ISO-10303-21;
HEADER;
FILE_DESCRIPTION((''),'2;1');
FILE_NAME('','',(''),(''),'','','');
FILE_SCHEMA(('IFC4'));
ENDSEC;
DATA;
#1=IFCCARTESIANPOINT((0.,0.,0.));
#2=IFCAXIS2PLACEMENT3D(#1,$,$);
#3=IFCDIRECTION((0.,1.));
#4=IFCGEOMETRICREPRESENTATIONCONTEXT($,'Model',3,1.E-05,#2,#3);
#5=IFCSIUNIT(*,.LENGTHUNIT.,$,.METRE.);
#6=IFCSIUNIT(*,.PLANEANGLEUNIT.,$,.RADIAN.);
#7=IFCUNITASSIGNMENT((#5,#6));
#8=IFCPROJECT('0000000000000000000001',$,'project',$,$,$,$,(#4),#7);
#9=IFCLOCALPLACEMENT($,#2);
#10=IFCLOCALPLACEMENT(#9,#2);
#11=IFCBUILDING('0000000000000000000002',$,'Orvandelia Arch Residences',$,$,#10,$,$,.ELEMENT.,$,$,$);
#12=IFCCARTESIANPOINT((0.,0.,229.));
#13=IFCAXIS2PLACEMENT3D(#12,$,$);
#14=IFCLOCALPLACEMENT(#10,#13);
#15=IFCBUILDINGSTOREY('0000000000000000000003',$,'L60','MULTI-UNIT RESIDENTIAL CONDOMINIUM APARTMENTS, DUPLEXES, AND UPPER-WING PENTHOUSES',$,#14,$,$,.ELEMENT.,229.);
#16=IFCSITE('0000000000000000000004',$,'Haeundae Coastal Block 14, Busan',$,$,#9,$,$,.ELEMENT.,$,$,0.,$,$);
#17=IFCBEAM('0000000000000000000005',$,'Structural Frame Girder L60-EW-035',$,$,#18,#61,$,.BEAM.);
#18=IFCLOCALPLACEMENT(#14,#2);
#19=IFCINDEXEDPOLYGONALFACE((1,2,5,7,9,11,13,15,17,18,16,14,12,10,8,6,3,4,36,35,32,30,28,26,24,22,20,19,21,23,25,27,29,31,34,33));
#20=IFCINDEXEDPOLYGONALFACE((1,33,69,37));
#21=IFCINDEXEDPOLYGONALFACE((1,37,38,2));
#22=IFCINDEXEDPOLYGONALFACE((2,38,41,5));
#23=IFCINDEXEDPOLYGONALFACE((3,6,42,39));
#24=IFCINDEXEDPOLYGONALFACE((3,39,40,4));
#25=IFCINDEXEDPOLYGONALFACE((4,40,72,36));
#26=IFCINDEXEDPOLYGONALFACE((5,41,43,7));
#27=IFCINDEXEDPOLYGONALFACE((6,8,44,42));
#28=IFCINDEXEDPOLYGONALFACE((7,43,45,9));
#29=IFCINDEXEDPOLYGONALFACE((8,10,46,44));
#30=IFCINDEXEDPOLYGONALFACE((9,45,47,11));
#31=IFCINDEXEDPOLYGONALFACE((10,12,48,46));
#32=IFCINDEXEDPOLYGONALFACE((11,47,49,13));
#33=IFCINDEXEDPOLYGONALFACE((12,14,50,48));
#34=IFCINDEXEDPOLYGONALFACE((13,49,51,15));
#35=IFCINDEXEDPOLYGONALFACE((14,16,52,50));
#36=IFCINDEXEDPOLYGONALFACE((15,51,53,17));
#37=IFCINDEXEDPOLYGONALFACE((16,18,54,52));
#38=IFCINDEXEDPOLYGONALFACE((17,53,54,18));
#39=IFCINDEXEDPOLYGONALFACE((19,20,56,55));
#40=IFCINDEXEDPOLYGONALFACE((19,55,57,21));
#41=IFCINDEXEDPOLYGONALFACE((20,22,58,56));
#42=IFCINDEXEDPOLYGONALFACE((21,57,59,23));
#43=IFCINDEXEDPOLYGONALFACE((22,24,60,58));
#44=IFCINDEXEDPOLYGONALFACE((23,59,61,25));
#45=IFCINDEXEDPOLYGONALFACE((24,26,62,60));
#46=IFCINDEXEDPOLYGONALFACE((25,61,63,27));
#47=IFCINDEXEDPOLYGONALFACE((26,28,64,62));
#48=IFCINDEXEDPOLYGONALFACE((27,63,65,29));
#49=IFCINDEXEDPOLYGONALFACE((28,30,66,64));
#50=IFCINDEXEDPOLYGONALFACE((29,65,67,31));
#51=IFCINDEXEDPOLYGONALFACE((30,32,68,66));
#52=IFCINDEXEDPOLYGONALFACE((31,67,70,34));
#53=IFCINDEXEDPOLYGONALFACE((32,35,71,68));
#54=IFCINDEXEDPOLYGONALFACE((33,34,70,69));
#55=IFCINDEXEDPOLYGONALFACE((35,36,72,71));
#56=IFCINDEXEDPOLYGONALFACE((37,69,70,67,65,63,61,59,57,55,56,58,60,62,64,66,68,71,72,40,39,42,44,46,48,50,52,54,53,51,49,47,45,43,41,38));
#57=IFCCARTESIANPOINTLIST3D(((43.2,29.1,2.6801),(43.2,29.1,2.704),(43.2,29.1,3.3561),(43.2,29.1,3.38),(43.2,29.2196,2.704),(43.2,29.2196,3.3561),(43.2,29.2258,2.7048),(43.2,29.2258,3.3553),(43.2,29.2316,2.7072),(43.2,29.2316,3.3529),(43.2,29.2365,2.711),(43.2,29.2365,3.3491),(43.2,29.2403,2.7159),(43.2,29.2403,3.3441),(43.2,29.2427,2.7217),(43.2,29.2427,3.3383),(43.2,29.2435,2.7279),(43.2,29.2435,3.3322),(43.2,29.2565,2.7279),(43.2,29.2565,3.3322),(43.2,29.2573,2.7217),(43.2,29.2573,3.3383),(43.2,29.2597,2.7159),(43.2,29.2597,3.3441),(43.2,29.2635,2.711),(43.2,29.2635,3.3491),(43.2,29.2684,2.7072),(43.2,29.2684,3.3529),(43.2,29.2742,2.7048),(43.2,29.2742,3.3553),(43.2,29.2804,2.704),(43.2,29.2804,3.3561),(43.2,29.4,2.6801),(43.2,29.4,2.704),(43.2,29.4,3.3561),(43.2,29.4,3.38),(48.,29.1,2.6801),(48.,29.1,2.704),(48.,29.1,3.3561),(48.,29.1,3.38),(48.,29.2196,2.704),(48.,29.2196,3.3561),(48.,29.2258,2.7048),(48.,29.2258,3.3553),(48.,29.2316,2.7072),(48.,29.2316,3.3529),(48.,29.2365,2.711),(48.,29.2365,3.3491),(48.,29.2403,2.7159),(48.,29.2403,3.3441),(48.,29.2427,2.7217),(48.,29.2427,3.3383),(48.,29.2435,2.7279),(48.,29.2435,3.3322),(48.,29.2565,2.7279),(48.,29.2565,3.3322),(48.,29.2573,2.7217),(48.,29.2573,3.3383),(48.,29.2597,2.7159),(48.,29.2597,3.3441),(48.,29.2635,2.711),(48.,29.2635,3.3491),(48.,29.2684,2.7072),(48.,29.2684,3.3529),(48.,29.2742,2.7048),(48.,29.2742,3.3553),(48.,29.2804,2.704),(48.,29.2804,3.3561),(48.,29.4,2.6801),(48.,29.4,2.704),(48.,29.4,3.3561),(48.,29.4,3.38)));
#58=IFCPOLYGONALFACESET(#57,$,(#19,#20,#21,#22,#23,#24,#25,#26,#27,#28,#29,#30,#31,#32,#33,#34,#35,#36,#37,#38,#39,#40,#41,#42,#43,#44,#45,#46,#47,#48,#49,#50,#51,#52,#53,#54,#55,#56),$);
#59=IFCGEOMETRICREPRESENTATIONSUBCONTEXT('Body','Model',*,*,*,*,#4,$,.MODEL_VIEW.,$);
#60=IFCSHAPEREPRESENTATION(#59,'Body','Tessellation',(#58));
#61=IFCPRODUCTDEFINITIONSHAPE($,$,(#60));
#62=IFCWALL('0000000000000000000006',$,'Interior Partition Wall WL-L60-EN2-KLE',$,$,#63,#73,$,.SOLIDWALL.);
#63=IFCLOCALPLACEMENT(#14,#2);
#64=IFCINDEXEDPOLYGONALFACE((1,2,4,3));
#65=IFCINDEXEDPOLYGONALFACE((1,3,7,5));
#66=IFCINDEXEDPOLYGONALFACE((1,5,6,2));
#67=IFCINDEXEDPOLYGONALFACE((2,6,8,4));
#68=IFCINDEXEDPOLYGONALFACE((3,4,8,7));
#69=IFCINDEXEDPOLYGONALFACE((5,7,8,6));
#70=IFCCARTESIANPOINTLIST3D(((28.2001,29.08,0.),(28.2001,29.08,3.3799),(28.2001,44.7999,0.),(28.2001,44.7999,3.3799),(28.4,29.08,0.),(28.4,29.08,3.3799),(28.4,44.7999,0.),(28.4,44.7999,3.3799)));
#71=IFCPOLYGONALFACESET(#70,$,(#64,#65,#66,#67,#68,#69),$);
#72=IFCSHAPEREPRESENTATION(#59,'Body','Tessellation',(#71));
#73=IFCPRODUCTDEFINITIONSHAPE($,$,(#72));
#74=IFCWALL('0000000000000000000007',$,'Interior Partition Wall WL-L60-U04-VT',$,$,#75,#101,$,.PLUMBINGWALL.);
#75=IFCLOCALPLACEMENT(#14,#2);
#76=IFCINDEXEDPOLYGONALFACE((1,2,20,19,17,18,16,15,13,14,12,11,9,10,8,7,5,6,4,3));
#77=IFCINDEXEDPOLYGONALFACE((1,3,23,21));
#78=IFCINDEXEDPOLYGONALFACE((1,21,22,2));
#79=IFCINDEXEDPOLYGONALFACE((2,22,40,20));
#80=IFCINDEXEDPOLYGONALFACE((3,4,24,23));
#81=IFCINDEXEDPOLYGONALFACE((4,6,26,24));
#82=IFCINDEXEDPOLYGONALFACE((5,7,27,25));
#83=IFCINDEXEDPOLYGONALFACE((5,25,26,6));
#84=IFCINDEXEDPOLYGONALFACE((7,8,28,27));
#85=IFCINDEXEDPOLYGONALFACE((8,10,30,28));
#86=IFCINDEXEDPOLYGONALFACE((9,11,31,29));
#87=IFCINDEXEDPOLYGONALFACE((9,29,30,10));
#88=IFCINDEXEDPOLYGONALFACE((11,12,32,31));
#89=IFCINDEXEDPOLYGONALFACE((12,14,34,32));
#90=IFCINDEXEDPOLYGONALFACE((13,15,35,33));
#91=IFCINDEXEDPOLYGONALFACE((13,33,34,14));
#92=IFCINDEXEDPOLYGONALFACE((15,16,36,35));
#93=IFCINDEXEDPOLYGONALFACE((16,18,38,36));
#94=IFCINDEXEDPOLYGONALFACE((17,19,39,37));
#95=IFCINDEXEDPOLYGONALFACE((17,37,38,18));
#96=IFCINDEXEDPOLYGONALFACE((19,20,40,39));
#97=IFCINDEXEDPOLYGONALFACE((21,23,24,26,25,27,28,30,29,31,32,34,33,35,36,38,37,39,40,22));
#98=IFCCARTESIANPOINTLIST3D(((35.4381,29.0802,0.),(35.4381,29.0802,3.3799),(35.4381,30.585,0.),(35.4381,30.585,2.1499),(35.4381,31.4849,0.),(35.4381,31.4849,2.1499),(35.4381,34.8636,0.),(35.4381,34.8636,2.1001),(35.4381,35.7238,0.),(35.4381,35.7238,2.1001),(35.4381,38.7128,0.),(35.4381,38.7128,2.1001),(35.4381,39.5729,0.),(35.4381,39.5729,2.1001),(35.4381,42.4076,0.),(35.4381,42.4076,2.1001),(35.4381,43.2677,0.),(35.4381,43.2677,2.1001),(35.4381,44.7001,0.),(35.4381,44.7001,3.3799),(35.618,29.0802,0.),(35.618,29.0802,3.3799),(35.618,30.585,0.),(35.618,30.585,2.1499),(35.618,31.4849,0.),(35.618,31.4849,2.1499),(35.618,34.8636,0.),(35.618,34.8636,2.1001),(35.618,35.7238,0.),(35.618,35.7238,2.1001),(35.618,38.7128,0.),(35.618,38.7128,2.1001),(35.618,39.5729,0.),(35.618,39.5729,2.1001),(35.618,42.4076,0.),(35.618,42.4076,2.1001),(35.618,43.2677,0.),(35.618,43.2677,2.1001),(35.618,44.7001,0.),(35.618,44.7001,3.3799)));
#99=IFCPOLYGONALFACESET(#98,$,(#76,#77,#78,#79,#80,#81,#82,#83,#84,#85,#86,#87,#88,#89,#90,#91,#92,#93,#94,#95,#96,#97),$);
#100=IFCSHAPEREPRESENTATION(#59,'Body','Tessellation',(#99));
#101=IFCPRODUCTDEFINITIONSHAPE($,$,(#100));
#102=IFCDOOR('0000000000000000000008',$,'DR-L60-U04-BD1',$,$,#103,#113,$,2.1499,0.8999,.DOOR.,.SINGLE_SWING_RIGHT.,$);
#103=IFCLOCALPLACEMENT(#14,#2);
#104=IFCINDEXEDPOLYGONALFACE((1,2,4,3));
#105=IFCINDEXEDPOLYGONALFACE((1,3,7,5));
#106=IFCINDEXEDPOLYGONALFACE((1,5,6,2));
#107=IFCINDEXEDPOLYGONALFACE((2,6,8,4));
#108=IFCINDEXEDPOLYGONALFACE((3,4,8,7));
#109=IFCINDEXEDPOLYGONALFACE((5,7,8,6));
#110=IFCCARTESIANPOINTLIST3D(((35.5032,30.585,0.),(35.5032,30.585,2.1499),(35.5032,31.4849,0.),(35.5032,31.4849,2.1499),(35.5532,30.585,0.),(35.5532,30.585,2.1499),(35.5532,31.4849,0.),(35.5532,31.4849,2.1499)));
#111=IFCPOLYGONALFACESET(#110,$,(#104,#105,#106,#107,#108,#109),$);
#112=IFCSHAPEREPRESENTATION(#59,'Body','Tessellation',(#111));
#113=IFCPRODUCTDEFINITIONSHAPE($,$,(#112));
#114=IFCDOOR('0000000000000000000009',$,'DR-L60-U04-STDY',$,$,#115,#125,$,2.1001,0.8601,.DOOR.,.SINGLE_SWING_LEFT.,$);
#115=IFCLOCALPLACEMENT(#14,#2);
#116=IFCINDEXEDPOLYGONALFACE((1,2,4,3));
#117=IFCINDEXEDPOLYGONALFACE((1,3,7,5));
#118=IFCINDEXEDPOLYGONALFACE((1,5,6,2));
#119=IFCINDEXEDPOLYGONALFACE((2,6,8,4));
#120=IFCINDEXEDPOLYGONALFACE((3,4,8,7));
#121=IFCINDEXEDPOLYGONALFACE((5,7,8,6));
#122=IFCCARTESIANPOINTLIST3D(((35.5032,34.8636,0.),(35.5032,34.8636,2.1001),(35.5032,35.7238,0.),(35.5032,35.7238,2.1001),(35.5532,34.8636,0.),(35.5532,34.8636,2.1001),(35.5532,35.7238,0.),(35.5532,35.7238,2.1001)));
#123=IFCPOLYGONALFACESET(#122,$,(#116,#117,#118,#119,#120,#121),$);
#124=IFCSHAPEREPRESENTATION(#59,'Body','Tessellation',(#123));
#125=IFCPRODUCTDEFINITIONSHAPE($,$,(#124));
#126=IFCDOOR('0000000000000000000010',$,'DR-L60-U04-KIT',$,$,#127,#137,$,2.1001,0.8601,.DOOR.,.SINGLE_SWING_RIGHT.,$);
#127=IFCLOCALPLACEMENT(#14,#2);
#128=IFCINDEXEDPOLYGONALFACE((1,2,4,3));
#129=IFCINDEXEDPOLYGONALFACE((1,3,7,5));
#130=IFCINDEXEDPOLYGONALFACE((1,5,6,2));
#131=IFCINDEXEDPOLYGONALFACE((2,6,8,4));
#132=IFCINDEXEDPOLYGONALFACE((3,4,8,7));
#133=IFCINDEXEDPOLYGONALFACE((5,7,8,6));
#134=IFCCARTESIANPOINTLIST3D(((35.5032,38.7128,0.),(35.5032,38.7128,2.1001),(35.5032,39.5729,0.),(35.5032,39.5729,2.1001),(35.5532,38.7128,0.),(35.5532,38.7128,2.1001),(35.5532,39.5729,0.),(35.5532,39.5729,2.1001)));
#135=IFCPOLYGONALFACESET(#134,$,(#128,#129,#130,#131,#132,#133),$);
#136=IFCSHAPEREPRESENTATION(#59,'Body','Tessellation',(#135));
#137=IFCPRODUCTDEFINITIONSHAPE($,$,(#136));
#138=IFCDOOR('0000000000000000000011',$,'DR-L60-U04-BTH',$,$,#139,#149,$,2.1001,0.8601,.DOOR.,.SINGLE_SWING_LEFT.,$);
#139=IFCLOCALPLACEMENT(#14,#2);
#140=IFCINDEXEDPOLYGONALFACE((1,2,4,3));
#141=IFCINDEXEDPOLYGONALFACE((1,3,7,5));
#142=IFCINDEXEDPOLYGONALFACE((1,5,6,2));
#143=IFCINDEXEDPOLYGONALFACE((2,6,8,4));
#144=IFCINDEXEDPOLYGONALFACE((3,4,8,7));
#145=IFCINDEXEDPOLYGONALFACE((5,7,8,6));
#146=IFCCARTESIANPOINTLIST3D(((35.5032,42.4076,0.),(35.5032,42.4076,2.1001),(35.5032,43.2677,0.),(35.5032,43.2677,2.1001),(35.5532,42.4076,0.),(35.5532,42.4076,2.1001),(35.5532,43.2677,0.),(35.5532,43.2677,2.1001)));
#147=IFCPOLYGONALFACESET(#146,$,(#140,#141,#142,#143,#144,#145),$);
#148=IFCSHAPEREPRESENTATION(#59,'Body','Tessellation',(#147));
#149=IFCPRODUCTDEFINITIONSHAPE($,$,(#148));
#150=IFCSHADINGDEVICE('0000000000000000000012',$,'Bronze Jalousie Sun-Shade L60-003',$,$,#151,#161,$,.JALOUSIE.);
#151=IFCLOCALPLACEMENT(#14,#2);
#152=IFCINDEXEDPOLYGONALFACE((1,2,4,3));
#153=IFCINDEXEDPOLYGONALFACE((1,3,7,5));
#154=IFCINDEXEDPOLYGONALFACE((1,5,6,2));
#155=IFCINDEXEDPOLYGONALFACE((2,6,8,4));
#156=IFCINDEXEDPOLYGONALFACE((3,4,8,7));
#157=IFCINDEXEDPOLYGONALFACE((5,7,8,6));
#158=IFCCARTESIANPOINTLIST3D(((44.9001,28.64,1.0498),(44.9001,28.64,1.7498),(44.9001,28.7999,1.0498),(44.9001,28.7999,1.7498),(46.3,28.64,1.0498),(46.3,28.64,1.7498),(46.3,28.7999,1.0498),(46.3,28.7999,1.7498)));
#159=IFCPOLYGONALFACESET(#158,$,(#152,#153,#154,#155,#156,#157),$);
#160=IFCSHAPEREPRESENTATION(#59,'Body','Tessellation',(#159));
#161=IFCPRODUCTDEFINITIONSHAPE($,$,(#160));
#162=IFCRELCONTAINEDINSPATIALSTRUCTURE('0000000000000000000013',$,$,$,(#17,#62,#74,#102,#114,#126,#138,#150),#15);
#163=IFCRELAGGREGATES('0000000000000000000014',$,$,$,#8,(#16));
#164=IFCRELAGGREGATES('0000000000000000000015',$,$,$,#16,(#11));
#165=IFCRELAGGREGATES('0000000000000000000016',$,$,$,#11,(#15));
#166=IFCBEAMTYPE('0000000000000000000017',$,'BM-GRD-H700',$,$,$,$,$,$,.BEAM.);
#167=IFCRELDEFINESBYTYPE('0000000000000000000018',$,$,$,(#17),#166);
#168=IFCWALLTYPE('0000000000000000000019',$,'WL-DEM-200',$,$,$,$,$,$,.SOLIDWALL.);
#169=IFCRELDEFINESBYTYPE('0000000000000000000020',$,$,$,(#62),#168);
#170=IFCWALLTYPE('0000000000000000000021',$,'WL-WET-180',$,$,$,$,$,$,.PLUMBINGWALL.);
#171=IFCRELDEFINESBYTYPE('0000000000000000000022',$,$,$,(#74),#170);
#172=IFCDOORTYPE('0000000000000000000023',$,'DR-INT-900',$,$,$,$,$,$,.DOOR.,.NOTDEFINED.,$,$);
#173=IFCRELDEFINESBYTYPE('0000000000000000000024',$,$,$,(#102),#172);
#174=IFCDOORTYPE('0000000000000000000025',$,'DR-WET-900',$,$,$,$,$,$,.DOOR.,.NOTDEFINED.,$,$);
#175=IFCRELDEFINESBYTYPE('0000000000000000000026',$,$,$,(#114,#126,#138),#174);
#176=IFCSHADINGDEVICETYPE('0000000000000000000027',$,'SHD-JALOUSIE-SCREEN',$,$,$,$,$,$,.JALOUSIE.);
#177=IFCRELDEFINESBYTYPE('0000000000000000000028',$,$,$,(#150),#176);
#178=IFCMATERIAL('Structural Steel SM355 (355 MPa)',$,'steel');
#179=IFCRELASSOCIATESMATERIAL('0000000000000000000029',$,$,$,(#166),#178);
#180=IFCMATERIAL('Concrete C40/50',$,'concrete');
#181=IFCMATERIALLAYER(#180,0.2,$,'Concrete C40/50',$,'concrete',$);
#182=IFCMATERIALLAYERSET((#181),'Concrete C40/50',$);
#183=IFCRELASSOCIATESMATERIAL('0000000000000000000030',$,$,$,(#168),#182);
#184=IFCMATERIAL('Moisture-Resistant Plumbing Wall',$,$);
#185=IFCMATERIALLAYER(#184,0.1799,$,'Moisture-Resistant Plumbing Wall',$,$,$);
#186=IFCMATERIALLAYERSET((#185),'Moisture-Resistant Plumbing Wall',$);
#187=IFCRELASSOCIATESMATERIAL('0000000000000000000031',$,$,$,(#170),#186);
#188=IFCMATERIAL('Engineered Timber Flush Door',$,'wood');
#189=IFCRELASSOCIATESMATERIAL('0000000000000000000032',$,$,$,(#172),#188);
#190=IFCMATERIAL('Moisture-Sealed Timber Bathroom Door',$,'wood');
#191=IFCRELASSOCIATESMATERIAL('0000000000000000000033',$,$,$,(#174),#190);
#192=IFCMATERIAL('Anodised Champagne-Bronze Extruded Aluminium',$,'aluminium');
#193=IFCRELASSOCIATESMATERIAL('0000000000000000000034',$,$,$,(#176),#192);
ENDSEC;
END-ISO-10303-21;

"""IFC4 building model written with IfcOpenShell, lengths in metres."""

from ifc_helpers import new_model, si_unit, direction, frame, frame_2d, origin, origin_2d, place, context, subcontext, project, spatial, rectangle, i_section, extrude, material, layer, layer_set, material_profile, profile_set, type_object, element, fill, save


model = new_model("IFC4")

# Units and contexts
model_context = context("Model", 3, precision=1e-05, world=origin(), true_north=direction((0.0, 1.0)))
body_context = subcontext(model_context, "Body", "Model", "MODEL_VIEW")
ifc_project = project(units=[si_unit("LENGTHUNIT", "METRE"), si_unit("PLANEANGLEUNIT", "RADIAN")], contexts=[model_context])

# Site, building, storey
site_placement = place(None, origin())
site = spatial("IfcSite", under=ifc_project, at=site_placement, Name="Haeundae Coastal Block 14, Busan", CompositionType="ELEMENT", RefElevation=0.0)
building_placement = place(site_placement, origin())
building = spatial("IfcBuilding", under=site, at=building_placement, Name="Orvandelia Arch Residences", CompositionType="ELEMENT")
storey_placement = place(building_placement, frame((0.0, 0.0, 229.0)))
storey = spatial("IfcBuildingStorey", under=building, at=storey_placement, Name="L60", Description="MULTI-UNIT RESIDENTIAL CONDOMINIUM APARTMENTS, DUPLEXES, AND UPPER-WING PENTHOUSES", CompositionType="ELEMENT", Elevation=229.0)

# Beam
ifc_material_1 = material(Name="Structural Steel SM355 (355 MPa)", Category="steel")
ifc_material_profile_1 = material_profile(ifc_material_1, i_section(OverallWidth=0.3, OverallDepth=0.7, WebThickness=0.0129, FlangeThickness=0.0239, FilletRadius=0.0239, at=origin_2d()), Name="Structural Steel SM355 (355 MPa)", Category="steel")
ifc_profile_set_1 = profile_set([ifc_material_profile_1], Name="Structural Steel SM355 (355 MPa)")
beam_type = type_object("IfcBeamType", Name="BM-GRD-H700", PredefinedType="BEAM", material=ifc_profile_set_1)
for number, where, z_axis, x_axis, name in (
    (1, (43.2, 29.25, 3.03), (1.0, 0.0, 0.0), (0.0, 1.0, 0.0), "Structural Frame Girder L60-EW-035"),
):
    element("IfcBeam", number, at=place(storey_placement, frame(where, z_axis=z_axis, x_axis=x_axis)), inside=storey, type_object=beam_type, Name=name, PredefinedType="BEAM", context=body_context, shape_type="SweptSolid", body=[
        extrude(i_section(OverallWidth=0.3, OverallDepth=0.7, WebThickness=0.0129, FlangeThickness=0.0239, FilletRadius=0.0239, at=origin_2d()), origin(), (0.0, 0.0, 1.0), 4.8),
    ])

# Wall
ifc_material_2 = material(Name="Concrete C40/50", Category="concrete")
ifc_layer_1 = layer(ifc_material_2, 0.2, Name="Concrete C40/50", Category="concrete")
ifc_layer_set_1 = layer_set([ifc_layer_1], Name="Concrete C40/50")
wall_type_1 = type_object("IfcWallType", Name="WL-DEM-200", PredefinedType="SOLIDWALL", material=ifc_layer_set_1)
wall_1_placement = place(storey_placement, frame((28.3, 29.0801, 0.0), z_axis=(0.0, 0.0, 1.0), x_axis=(0.0, 1.0, 0.0)))
element("IfcWall", 2, at=wall_1_placement, inside=storey, type_object=wall_type_1, Name="Interior Partition Wall WL-L60-EN2-KLE", PredefinedType="SOLIDWALL", context=body_context, shape_type="SweptSolid", body=[
    extrude(rectangle(XDim=15.72, YDim=0.2, at=frame_2d((7.8599, 0.0))), origin(), (0.0, 0.0, 1.0), 3.3799),
])

# Wall, openings, doors
ifc_material_3 = material(Name="Moisture-Resistant Plumbing Wall")
ifc_layer_2 = layer(ifc_material_3, 0.1799, Name="Moisture-Resistant Plumbing Wall")
ifc_layer_set_2 = layer_set([ifc_layer_2], Name="Moisture-Resistant Plumbing Wall")
wall_type_2 = type_object("IfcWallType", Name="WL-WET-180", PredefinedType="PLUMBINGWALL", material=ifc_layer_set_2)
wall_2_placement = place(storey_placement, frame((35.5281, 29.0801, 0.0), z_axis=(0.0, 0.0, 1.0), x_axis=(0.0, 1.0, 0.0)))
wall_2 = element("IfcWall", 3, at=wall_2_placement, inside=storey, type_object=wall_type_2, Name="Interior Partition Wall WL-L60-U04-VT", PredefinedType="PLUMBINGWALL", context=body_context, shape_type="SweptSolid", body=[
    extrude(rectangle(XDim=15.6199, YDim=0.1799, at=frame_2d((7.8101, 0.0))), origin(), (0.0, 0.0, 1.0), 3.3799),
])
opening_1_placement = place(wall_2_placement, frame((1.5049, 0.0, 0.0)))
opening_1 = element("IfcOpeningElement", 4, at=opening_1_placement, cuts=wall_2, PredefinedType="OPENING", context=body_context, shape_type="SweptSolid", body=[
    extrude(rectangle(XDim=0.8999, YDim=2.1499, at=frame_2d((0.45, 1.075))), frame((0.0, 0.1001, 0.0), z_axis=(0.0, -1.0, 0.0), x_axis=(1.0, 0.0, 0.0)), (0.0, 0.0, 1.0), 0.2),
])
opening_2_placement = place(wall_2_placement, frame((5.7834, 0.0, 0.0)))
opening_2 = element("IfcOpeningElement", 5, at=opening_2_placement, cuts=wall_2, PredefinedType="OPENING", context=body_context, shape_type="SweptSolid", body=[
    extrude(rectangle(XDim=0.8601, YDim=2.1001, at=frame_2d((0.4302, 1.05))), frame((0.0, 0.1001, 0.0), z_axis=(0.0, -1.0, 0.0), x_axis=(1.0, 0.0, 0.0)), (0.0, 0.0, 1.0), 0.2),
])
opening_3_placement = place(wall_2_placement, frame((9.6326, 0.0, 0.0)))
opening_3 = element("IfcOpeningElement", 6, at=opening_3_placement, cuts=wall_2, PredefinedType="OPENING", context=body_context, shape_type="SweptSolid", body=[
    extrude(rectangle(XDim=0.8601, YDim=2.1001, at=frame_2d((0.4302, 1.05))), frame((0.0, 0.1001, 0.0), z_axis=(0.0, -1.0, 0.0), x_axis=(1.0, 0.0, 0.0)), (0.0, 0.0, 1.0), 0.2),
])
opening_4_placement = place(wall_2_placement, frame((13.3274, 0.0, 0.0)))
opening_4 = element("IfcOpeningElement", 7, at=opening_4_placement, cuts=wall_2, PredefinedType="OPENING", context=body_context, shape_type="SweptSolid", body=[
    extrude(rectangle(XDim=0.8601, YDim=2.1001, at=frame_2d((0.4302, 1.05))), frame((0.0, 0.1001, 0.0), z_axis=(0.0, -1.0, 0.0), x_axis=(1.0, 0.0, 0.0)), (0.0, 0.0, 1.0), 0.2),
])
ifc_material_4 = material(Name="Engineered Timber Flush Door", Category="wood")
door_type_1 = type_object("IfcDoorType", Name="DR-INT-900", OperationType="NOTDEFINED", PredefinedType="DOOR", material=ifc_material_4)
door_1_placement = place(opening_1_placement, origin())
door_1 = element("IfcDoor", 8, at=door_1_placement, inside=storey, type_object=door_type_1, Name="DR-L60-U04-BD1", OperationType="SINGLE_SWING_RIGHT", OverallHeight=2.1499, OverallWidth=0.8999, PredefinedType="DOOR", context=body_context, shape_type="SweptSolid", body=[
    extrude(rectangle(XDim=0.8999, YDim=2.1499, at=frame_2d((0.45, 1.075))), frame((0.0, 0.0249, 0.0), z_axis=(0.0, -1.0, 0.0), x_axis=(1.0, 0.0, 0.0)), (0.0, 0.0, 1.0), 0.05),
])
fill(opening_1, door_1)
ifc_material_5 = material(Name="Moisture-Sealed Timber Bathroom Door", Category="wood")
door_type_2 = type_object("IfcDoorType", Name="DR-WET-900", OperationType="NOTDEFINED", PredefinedType="DOOR", material=ifc_material_5)
door_2_placement = place(opening_2_placement, origin())
door_2 = element("IfcDoor", 9, at=door_2_placement, inside=storey, type_object=door_type_2, Name="DR-L60-U04-STDY", OperationType="SINGLE_SWING_LEFT", OverallHeight=2.1001, OverallWidth=0.8601, PredefinedType="DOOR", context=body_context, shape_type="SweptSolid", body=[
    extrude(rectangle(XDim=0.8601, YDim=2.1001, at=frame_2d((0.4302, 1.05))), frame((0.0, 0.0249, 0.0), z_axis=(0.0, -1.0, 0.0), x_axis=(1.0, 0.0, 0.0)), (0.0, 0.0, 1.0), 0.05),
])
fill(opening_2, door_2)
door_3_placement = place(opening_3_placement, origin())
door_3 = element("IfcDoor", 10, at=door_3_placement, inside=storey, type_object=door_type_2, Name="DR-L60-U04-KIT", OperationType="SINGLE_SWING_RIGHT", OverallHeight=2.1001, OverallWidth=0.8601, PredefinedType="DOOR", context=body_context, shape_type="SweptSolid", body=[
    extrude(rectangle(XDim=0.8601, YDim=2.1001, at=frame_2d((0.4302, 1.05))), frame((0.0, 0.0249, 0.0), z_axis=(0.0, -1.0, 0.0), x_axis=(1.0, 0.0, 0.0)), (0.0, 0.0, 1.0), 0.05),
])
fill(opening_3, door_3)
door_4_placement = place(opening_4_placement, origin())
door_4 = element("IfcDoor", 11, at=door_4_placement, inside=storey, type_object=door_type_2, Name="DR-L60-U04-BTH", OperationType="SINGLE_SWING_LEFT", OverallHeight=2.1001, OverallWidth=0.8601, PredefinedType="DOOR", context=body_context, shape_type="SweptSolid", body=[
    extrude(rectangle(XDim=0.8601, YDim=2.1001, at=frame_2d((0.4302, 1.05))), frame((0.0, 0.0249, 0.0), z_axis=(0.0, -1.0, 0.0), x_axis=(1.0, 0.0, 0.0)), (0.0, 0.0, 1.0), 0.05),
])
fill(opening_4, door_4)

# Shading device
ifc_material_6 = material(Name="Anodised Champagne-Bronze Extruded Aluminium", Category="aluminium")
shading_device_type = type_object("IfcShadingDeviceType", Name="SHD-JALOUSIE-SCREEN", PredefinedType="JALOUSIE", material=ifc_material_6)
shading_device_placement = place(storey_placement, frame((45.6001, 28.72, 1.0498), z_axis=(0.0, 0.0, 1.0), x_axis=(-1.0, 0.0, 0.0)))
element("IfcShadingDevice", 12, at=shading_device_placement, inside=storey, type_object=shading_device_type, Name="Bronze Jalousie Sun-Shade L60-003", PredefinedType="JALOUSIE", context=body_context, shape_type="SweptSolid", body=[
    extrude(rectangle(XDim=1.3999, YDim=0.1599, at=origin_2d()), origin(), (0.0, 0.0, 1.0), 0.7),
])

save(model, "model.ifc")
